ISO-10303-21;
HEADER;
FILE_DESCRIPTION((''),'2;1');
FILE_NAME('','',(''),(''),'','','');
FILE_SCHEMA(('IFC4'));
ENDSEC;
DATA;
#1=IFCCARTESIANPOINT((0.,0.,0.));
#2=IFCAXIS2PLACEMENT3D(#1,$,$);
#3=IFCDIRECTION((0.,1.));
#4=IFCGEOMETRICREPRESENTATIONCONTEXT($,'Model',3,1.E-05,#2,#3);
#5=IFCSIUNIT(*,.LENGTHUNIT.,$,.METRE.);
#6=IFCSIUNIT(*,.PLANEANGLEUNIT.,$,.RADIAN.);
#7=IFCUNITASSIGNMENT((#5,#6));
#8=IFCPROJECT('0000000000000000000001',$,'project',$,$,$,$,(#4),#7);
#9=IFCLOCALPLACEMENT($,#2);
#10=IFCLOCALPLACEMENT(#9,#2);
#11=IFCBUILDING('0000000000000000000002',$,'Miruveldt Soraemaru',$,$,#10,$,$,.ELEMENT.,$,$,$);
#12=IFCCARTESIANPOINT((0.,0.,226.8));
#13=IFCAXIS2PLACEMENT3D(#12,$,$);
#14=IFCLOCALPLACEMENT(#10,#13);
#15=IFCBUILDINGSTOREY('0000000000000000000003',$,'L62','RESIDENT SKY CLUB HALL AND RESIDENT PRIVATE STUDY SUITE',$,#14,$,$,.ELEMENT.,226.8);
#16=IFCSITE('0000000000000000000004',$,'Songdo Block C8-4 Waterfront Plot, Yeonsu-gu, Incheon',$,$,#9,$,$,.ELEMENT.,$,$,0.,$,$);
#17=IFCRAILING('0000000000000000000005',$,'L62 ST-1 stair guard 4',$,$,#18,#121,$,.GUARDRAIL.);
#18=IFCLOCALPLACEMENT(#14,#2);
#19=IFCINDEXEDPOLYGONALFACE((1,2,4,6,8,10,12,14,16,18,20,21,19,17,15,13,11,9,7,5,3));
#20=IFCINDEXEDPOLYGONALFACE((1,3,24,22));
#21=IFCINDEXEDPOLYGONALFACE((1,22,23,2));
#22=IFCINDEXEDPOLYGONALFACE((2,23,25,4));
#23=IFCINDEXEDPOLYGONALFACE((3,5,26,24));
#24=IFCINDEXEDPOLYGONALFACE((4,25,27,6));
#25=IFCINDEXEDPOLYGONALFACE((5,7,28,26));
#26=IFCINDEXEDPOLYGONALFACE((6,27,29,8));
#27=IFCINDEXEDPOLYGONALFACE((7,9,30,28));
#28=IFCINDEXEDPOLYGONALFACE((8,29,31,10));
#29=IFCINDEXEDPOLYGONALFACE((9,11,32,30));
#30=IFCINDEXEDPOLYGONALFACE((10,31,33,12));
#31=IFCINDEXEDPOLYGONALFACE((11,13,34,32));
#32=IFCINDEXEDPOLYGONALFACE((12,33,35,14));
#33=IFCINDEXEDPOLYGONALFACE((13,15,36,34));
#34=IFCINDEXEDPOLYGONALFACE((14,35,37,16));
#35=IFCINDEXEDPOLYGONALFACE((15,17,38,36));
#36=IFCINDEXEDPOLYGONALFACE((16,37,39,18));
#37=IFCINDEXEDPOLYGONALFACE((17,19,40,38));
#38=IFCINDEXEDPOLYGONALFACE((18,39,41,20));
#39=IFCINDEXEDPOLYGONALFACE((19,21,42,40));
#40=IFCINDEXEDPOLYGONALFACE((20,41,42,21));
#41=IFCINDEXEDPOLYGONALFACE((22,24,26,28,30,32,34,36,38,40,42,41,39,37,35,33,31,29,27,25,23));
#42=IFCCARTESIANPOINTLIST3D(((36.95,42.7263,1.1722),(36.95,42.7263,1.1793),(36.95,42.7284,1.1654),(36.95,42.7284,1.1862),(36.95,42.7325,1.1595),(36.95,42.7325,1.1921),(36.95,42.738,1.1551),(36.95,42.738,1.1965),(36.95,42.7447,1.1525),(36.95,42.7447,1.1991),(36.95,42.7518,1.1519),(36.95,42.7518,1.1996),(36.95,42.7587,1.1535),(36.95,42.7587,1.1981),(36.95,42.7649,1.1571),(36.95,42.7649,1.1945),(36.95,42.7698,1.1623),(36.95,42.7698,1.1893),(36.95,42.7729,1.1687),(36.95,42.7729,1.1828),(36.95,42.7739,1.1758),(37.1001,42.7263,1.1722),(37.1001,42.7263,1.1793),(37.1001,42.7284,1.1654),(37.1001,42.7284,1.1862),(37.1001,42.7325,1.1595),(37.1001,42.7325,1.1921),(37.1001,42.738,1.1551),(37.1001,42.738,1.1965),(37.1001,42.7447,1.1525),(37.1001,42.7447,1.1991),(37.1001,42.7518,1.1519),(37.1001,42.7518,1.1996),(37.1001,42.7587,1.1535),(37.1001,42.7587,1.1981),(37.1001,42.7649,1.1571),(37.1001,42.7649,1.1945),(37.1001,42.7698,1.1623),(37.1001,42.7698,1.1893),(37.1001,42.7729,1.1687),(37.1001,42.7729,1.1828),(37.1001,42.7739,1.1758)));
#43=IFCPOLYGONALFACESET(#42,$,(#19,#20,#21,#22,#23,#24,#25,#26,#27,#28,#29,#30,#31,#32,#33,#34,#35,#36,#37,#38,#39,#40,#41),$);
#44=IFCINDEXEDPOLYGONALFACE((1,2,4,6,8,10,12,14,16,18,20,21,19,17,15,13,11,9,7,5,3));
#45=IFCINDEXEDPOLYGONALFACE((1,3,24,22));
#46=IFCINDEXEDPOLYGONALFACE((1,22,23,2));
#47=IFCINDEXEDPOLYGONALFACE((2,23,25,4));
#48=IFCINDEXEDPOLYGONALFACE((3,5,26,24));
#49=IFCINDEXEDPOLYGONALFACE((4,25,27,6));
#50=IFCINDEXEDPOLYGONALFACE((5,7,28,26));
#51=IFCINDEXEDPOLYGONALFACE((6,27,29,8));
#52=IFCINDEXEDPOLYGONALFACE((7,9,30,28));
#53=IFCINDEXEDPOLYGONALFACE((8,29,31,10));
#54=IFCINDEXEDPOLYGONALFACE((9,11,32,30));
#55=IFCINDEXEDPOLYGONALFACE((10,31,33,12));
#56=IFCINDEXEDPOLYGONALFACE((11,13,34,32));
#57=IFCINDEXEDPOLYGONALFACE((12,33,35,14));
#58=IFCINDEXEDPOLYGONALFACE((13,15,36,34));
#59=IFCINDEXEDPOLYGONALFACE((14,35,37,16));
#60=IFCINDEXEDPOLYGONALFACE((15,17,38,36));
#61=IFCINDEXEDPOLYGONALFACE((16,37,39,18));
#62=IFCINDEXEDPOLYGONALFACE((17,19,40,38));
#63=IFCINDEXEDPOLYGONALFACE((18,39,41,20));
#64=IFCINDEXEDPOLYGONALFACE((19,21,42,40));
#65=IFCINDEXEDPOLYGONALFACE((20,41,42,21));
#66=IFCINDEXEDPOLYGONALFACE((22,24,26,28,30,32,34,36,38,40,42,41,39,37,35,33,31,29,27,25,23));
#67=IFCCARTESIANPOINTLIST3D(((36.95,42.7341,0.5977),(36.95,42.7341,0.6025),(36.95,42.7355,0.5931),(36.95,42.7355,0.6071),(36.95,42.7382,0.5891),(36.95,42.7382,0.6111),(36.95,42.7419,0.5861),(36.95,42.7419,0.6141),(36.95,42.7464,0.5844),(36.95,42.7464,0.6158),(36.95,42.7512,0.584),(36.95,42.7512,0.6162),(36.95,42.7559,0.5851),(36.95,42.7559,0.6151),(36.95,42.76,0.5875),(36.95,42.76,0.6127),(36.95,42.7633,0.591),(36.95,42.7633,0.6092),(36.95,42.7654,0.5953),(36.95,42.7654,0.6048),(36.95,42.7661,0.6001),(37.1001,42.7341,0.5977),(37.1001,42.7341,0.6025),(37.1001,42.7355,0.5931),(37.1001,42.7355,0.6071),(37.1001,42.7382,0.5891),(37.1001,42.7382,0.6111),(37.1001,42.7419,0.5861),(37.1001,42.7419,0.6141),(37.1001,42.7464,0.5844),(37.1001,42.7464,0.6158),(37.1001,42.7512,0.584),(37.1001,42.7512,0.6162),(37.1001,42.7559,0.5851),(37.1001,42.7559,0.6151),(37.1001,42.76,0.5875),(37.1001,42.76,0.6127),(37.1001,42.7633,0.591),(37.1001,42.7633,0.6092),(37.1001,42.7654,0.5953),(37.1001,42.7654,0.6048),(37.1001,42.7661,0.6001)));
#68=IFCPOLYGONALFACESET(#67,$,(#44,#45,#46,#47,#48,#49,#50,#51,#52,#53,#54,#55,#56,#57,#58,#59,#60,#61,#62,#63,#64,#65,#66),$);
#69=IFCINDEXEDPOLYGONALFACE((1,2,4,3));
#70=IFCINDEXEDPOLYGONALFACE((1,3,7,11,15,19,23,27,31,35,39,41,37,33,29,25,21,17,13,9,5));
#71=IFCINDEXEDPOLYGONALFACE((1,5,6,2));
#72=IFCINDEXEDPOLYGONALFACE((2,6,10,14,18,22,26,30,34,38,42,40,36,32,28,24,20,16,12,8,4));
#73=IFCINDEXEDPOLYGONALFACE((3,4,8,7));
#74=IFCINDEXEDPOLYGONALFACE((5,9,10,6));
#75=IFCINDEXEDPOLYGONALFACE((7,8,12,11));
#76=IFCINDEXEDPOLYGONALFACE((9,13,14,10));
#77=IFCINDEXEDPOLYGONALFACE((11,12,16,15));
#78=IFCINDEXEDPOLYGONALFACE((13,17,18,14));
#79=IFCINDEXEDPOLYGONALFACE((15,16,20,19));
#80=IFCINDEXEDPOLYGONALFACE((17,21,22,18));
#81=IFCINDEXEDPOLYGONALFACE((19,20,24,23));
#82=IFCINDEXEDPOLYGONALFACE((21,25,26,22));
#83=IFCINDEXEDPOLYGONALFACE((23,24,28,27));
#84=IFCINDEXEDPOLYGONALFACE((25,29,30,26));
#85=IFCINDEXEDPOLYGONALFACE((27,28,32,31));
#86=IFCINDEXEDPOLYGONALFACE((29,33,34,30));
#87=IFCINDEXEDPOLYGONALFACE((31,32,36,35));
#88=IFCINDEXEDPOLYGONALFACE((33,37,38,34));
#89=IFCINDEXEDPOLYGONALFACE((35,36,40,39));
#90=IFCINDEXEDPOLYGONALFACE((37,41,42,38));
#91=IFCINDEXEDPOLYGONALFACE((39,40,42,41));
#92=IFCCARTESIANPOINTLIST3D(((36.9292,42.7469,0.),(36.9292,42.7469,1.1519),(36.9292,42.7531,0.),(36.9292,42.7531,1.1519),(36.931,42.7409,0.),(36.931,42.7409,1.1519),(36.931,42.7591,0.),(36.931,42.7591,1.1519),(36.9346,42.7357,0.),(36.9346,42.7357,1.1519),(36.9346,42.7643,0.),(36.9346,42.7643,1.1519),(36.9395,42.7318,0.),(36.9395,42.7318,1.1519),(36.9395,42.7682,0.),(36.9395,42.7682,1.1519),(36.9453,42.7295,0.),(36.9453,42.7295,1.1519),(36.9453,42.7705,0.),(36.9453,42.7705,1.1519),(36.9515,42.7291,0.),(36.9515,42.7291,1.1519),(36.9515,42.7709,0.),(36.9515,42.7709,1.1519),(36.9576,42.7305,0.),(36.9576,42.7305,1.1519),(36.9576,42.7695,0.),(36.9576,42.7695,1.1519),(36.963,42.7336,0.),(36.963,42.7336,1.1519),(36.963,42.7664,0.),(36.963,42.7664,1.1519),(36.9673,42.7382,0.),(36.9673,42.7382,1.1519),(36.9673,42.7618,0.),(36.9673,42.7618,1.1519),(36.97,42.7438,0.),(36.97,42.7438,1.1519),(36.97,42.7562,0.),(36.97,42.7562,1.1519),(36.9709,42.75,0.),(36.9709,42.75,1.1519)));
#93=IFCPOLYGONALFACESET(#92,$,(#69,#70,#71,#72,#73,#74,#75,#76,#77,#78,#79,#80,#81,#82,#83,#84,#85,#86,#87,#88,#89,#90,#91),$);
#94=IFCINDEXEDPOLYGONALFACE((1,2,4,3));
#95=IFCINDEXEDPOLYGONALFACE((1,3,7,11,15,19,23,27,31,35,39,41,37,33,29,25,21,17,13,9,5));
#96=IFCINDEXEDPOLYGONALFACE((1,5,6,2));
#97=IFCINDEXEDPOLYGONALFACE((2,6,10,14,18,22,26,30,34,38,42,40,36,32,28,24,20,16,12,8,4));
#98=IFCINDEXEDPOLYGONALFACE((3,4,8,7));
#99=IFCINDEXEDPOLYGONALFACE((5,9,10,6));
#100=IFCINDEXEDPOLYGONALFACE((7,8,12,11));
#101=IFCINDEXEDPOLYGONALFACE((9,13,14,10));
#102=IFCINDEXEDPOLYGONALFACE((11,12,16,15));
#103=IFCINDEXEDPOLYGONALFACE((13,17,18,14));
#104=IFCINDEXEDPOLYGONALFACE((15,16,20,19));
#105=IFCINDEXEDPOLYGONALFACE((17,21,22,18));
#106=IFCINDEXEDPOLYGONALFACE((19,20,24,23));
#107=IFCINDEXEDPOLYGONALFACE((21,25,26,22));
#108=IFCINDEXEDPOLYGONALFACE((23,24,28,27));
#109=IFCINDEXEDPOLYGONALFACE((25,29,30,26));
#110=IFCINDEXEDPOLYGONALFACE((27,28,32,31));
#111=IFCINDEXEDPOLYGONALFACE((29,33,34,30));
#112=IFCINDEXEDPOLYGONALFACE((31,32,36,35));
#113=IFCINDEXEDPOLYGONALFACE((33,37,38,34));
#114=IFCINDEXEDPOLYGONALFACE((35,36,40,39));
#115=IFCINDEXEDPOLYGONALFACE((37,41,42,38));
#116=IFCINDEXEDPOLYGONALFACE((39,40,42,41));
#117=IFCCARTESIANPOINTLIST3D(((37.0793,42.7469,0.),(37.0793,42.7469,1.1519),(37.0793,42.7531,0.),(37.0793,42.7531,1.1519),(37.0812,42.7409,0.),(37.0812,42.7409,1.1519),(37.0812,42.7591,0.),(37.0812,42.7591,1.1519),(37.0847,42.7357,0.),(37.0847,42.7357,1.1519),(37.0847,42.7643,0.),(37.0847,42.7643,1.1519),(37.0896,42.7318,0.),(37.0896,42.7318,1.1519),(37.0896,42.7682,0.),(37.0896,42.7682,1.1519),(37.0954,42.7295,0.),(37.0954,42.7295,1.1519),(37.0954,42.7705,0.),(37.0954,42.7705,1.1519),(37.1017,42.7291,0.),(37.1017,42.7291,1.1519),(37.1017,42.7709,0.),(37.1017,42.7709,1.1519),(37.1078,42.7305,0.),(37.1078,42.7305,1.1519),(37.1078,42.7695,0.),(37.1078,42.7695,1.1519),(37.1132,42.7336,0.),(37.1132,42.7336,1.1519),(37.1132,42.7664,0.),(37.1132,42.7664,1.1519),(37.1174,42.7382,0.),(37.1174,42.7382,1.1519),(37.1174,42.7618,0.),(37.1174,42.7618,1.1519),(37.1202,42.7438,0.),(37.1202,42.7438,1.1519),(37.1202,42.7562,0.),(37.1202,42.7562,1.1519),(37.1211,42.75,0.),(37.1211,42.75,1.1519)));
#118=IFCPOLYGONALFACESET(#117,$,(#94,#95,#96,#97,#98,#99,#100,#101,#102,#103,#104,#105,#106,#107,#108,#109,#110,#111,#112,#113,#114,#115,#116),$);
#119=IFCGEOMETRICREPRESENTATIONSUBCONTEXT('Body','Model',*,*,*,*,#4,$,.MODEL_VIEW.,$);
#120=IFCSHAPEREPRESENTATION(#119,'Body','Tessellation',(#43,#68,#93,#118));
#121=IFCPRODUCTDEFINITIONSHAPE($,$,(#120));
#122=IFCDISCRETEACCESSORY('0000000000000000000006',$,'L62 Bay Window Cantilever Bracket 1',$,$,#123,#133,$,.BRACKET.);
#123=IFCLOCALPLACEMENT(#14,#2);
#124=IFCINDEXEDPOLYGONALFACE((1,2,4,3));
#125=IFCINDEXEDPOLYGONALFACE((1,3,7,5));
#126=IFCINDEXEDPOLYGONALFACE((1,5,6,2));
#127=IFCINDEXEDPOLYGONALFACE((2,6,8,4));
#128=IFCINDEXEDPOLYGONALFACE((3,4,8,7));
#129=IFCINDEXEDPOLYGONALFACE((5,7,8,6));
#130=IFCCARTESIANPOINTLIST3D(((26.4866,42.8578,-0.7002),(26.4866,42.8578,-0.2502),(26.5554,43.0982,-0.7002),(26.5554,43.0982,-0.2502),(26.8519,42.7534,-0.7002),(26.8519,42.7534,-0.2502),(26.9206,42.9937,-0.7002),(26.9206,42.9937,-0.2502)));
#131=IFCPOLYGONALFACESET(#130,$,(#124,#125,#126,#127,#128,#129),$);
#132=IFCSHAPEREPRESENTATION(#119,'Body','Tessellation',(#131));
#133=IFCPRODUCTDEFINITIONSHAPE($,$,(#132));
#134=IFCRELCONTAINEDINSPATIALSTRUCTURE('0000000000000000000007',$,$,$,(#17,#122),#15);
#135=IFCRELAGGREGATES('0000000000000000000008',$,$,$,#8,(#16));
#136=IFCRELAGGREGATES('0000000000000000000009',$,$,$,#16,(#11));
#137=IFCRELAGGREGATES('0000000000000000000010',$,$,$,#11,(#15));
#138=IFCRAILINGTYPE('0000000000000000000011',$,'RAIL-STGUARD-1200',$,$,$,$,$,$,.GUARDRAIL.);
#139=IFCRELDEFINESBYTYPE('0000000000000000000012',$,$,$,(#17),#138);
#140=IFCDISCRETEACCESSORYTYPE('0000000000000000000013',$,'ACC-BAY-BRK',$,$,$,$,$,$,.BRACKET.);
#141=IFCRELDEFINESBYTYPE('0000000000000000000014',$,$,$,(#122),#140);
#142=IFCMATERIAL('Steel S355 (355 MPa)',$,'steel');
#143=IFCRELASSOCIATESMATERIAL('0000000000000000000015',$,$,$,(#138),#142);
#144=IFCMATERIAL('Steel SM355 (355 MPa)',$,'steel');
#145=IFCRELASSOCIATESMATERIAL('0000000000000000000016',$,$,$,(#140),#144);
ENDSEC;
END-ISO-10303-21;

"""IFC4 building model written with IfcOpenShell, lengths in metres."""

from ifc_helpers import new_model, si_unit, direction, frame, origin, origin_2d, place, context, subcontext, project, spatial, rectangle, circle, extrude, material, type_object, element, save


model = new_model("IFC4")

# Units and contexts
model_context = context("Model", 3, precision=1e-05, world=origin(), true_north=direction((0.0, 1.0)))
body_context = subcontext(model_context, "Body", "Model", "MODEL_VIEW")
ifc_project = project(units=[si_unit("LENGTHUNIT", "METRE"), si_unit("PLANEANGLEUNIT", "RADIAN")], contexts=[model_context])

# Site, building, storey
site_placement = place(None, origin())
site = spatial("IfcSite", under=ifc_project, at=site_placement, Name="Songdo Block C8-4 Waterfront Plot, Yeonsu-gu, Incheon", CompositionType="ELEMENT", RefElevation=0.0)
building_placement = place(site_placement, origin())
building = spatial("IfcBuilding", under=site, at=building_placement, Name="Miruveldt Soraemaru", CompositionType="ELEMENT")
storey_placement = place(building_placement, frame((0.0, 0.0, 226.8)))
storey = spatial("IfcBuildingStorey", under=building, at=storey_placement, Name="L62", Description="RESIDENT SKY CLUB HALL AND RESIDENT PRIVATE STUDY SUITE", CompositionType="ELEMENT", Elevation=226.8)

# Railing
ifc_material_1 = material(Name="Steel S355 (355 MPa)", Category="steel")
railing_type_1 = type_object("IfcRailingType", Name="RAIL-STGUARD-1200", PredefinedType="GUARDRAIL", material=ifc_material_1)
railing_1_placement = place(storey_placement, frame((36.95, 42.75, 0.0)))
element("IfcRailing", 1, at=railing_1_placement, inside=storey, type_object=railing_type_1, Name="L62 ST-1 stair guard 4", PredefinedType="GUARDRAIL", context=body_context, shape_type="SweptSolid", body=[
    extrude(circle(Radius=0.0239, at=origin_2d()), frame((0.0, 0.0, 1.1758), z_axis=(1.0, 0.0, 0.0), x_axis=(0.0, 1.0, 0.0)), (0.0, 0.0, 1.0), 0.1501),
    extrude(circle(Radius=0.0161, at=origin_2d()), frame((0.0, 0.0, 0.6001), z_axis=(1.0, 0.0, 0.0), x_axis=(0.0, 1.0, 0.0)), (0.0, 0.0, 1.0), 0.1501),
    extrude(circle(Radius=0.021, at=origin_2d()), origin(), (0.0, 0.0, 1.0), 1.1519),
    extrude(circle(Radius=0.021, at=origin_2d()), frame((0.1501, 0.0, 0.0)), (0.0, 0.0, 1.0), 1.1519),
])

# Discrete accessory
ifc_material_2 = material(Name="Steel SM355 (355 MPa)", Category="steel")
discrete_accessory_type = type_object("IfcDiscreteAccessoryType", Name="ACC-BAY-BRK", PredefinedType="BRACKET", material=ifc_material_2)
discrete_accessory_placement = place(storey_placement, frame((26.7036, 42.9258, -0.7002), z_axis=(0.0, 0.0, 1.0), x_axis=(-0.961449, 0.274983, 0.0)))
element("IfcDiscreteAccessory", 2, at=discrete_accessory_placement, inside=storey, type_object=discrete_accessory_type, Name="L62 Bay Window Cantilever Bracket 1", PredefinedType="BRACKET", context=body_context, shape_type="SweptSolid", body=[
    extrude(rectangle(XDim=0.3799, YDim=0.25, at=origin_2d()), origin(), (0.0, 0.0, 1.0), 0.45),
])

save(model, "model.ifc")
